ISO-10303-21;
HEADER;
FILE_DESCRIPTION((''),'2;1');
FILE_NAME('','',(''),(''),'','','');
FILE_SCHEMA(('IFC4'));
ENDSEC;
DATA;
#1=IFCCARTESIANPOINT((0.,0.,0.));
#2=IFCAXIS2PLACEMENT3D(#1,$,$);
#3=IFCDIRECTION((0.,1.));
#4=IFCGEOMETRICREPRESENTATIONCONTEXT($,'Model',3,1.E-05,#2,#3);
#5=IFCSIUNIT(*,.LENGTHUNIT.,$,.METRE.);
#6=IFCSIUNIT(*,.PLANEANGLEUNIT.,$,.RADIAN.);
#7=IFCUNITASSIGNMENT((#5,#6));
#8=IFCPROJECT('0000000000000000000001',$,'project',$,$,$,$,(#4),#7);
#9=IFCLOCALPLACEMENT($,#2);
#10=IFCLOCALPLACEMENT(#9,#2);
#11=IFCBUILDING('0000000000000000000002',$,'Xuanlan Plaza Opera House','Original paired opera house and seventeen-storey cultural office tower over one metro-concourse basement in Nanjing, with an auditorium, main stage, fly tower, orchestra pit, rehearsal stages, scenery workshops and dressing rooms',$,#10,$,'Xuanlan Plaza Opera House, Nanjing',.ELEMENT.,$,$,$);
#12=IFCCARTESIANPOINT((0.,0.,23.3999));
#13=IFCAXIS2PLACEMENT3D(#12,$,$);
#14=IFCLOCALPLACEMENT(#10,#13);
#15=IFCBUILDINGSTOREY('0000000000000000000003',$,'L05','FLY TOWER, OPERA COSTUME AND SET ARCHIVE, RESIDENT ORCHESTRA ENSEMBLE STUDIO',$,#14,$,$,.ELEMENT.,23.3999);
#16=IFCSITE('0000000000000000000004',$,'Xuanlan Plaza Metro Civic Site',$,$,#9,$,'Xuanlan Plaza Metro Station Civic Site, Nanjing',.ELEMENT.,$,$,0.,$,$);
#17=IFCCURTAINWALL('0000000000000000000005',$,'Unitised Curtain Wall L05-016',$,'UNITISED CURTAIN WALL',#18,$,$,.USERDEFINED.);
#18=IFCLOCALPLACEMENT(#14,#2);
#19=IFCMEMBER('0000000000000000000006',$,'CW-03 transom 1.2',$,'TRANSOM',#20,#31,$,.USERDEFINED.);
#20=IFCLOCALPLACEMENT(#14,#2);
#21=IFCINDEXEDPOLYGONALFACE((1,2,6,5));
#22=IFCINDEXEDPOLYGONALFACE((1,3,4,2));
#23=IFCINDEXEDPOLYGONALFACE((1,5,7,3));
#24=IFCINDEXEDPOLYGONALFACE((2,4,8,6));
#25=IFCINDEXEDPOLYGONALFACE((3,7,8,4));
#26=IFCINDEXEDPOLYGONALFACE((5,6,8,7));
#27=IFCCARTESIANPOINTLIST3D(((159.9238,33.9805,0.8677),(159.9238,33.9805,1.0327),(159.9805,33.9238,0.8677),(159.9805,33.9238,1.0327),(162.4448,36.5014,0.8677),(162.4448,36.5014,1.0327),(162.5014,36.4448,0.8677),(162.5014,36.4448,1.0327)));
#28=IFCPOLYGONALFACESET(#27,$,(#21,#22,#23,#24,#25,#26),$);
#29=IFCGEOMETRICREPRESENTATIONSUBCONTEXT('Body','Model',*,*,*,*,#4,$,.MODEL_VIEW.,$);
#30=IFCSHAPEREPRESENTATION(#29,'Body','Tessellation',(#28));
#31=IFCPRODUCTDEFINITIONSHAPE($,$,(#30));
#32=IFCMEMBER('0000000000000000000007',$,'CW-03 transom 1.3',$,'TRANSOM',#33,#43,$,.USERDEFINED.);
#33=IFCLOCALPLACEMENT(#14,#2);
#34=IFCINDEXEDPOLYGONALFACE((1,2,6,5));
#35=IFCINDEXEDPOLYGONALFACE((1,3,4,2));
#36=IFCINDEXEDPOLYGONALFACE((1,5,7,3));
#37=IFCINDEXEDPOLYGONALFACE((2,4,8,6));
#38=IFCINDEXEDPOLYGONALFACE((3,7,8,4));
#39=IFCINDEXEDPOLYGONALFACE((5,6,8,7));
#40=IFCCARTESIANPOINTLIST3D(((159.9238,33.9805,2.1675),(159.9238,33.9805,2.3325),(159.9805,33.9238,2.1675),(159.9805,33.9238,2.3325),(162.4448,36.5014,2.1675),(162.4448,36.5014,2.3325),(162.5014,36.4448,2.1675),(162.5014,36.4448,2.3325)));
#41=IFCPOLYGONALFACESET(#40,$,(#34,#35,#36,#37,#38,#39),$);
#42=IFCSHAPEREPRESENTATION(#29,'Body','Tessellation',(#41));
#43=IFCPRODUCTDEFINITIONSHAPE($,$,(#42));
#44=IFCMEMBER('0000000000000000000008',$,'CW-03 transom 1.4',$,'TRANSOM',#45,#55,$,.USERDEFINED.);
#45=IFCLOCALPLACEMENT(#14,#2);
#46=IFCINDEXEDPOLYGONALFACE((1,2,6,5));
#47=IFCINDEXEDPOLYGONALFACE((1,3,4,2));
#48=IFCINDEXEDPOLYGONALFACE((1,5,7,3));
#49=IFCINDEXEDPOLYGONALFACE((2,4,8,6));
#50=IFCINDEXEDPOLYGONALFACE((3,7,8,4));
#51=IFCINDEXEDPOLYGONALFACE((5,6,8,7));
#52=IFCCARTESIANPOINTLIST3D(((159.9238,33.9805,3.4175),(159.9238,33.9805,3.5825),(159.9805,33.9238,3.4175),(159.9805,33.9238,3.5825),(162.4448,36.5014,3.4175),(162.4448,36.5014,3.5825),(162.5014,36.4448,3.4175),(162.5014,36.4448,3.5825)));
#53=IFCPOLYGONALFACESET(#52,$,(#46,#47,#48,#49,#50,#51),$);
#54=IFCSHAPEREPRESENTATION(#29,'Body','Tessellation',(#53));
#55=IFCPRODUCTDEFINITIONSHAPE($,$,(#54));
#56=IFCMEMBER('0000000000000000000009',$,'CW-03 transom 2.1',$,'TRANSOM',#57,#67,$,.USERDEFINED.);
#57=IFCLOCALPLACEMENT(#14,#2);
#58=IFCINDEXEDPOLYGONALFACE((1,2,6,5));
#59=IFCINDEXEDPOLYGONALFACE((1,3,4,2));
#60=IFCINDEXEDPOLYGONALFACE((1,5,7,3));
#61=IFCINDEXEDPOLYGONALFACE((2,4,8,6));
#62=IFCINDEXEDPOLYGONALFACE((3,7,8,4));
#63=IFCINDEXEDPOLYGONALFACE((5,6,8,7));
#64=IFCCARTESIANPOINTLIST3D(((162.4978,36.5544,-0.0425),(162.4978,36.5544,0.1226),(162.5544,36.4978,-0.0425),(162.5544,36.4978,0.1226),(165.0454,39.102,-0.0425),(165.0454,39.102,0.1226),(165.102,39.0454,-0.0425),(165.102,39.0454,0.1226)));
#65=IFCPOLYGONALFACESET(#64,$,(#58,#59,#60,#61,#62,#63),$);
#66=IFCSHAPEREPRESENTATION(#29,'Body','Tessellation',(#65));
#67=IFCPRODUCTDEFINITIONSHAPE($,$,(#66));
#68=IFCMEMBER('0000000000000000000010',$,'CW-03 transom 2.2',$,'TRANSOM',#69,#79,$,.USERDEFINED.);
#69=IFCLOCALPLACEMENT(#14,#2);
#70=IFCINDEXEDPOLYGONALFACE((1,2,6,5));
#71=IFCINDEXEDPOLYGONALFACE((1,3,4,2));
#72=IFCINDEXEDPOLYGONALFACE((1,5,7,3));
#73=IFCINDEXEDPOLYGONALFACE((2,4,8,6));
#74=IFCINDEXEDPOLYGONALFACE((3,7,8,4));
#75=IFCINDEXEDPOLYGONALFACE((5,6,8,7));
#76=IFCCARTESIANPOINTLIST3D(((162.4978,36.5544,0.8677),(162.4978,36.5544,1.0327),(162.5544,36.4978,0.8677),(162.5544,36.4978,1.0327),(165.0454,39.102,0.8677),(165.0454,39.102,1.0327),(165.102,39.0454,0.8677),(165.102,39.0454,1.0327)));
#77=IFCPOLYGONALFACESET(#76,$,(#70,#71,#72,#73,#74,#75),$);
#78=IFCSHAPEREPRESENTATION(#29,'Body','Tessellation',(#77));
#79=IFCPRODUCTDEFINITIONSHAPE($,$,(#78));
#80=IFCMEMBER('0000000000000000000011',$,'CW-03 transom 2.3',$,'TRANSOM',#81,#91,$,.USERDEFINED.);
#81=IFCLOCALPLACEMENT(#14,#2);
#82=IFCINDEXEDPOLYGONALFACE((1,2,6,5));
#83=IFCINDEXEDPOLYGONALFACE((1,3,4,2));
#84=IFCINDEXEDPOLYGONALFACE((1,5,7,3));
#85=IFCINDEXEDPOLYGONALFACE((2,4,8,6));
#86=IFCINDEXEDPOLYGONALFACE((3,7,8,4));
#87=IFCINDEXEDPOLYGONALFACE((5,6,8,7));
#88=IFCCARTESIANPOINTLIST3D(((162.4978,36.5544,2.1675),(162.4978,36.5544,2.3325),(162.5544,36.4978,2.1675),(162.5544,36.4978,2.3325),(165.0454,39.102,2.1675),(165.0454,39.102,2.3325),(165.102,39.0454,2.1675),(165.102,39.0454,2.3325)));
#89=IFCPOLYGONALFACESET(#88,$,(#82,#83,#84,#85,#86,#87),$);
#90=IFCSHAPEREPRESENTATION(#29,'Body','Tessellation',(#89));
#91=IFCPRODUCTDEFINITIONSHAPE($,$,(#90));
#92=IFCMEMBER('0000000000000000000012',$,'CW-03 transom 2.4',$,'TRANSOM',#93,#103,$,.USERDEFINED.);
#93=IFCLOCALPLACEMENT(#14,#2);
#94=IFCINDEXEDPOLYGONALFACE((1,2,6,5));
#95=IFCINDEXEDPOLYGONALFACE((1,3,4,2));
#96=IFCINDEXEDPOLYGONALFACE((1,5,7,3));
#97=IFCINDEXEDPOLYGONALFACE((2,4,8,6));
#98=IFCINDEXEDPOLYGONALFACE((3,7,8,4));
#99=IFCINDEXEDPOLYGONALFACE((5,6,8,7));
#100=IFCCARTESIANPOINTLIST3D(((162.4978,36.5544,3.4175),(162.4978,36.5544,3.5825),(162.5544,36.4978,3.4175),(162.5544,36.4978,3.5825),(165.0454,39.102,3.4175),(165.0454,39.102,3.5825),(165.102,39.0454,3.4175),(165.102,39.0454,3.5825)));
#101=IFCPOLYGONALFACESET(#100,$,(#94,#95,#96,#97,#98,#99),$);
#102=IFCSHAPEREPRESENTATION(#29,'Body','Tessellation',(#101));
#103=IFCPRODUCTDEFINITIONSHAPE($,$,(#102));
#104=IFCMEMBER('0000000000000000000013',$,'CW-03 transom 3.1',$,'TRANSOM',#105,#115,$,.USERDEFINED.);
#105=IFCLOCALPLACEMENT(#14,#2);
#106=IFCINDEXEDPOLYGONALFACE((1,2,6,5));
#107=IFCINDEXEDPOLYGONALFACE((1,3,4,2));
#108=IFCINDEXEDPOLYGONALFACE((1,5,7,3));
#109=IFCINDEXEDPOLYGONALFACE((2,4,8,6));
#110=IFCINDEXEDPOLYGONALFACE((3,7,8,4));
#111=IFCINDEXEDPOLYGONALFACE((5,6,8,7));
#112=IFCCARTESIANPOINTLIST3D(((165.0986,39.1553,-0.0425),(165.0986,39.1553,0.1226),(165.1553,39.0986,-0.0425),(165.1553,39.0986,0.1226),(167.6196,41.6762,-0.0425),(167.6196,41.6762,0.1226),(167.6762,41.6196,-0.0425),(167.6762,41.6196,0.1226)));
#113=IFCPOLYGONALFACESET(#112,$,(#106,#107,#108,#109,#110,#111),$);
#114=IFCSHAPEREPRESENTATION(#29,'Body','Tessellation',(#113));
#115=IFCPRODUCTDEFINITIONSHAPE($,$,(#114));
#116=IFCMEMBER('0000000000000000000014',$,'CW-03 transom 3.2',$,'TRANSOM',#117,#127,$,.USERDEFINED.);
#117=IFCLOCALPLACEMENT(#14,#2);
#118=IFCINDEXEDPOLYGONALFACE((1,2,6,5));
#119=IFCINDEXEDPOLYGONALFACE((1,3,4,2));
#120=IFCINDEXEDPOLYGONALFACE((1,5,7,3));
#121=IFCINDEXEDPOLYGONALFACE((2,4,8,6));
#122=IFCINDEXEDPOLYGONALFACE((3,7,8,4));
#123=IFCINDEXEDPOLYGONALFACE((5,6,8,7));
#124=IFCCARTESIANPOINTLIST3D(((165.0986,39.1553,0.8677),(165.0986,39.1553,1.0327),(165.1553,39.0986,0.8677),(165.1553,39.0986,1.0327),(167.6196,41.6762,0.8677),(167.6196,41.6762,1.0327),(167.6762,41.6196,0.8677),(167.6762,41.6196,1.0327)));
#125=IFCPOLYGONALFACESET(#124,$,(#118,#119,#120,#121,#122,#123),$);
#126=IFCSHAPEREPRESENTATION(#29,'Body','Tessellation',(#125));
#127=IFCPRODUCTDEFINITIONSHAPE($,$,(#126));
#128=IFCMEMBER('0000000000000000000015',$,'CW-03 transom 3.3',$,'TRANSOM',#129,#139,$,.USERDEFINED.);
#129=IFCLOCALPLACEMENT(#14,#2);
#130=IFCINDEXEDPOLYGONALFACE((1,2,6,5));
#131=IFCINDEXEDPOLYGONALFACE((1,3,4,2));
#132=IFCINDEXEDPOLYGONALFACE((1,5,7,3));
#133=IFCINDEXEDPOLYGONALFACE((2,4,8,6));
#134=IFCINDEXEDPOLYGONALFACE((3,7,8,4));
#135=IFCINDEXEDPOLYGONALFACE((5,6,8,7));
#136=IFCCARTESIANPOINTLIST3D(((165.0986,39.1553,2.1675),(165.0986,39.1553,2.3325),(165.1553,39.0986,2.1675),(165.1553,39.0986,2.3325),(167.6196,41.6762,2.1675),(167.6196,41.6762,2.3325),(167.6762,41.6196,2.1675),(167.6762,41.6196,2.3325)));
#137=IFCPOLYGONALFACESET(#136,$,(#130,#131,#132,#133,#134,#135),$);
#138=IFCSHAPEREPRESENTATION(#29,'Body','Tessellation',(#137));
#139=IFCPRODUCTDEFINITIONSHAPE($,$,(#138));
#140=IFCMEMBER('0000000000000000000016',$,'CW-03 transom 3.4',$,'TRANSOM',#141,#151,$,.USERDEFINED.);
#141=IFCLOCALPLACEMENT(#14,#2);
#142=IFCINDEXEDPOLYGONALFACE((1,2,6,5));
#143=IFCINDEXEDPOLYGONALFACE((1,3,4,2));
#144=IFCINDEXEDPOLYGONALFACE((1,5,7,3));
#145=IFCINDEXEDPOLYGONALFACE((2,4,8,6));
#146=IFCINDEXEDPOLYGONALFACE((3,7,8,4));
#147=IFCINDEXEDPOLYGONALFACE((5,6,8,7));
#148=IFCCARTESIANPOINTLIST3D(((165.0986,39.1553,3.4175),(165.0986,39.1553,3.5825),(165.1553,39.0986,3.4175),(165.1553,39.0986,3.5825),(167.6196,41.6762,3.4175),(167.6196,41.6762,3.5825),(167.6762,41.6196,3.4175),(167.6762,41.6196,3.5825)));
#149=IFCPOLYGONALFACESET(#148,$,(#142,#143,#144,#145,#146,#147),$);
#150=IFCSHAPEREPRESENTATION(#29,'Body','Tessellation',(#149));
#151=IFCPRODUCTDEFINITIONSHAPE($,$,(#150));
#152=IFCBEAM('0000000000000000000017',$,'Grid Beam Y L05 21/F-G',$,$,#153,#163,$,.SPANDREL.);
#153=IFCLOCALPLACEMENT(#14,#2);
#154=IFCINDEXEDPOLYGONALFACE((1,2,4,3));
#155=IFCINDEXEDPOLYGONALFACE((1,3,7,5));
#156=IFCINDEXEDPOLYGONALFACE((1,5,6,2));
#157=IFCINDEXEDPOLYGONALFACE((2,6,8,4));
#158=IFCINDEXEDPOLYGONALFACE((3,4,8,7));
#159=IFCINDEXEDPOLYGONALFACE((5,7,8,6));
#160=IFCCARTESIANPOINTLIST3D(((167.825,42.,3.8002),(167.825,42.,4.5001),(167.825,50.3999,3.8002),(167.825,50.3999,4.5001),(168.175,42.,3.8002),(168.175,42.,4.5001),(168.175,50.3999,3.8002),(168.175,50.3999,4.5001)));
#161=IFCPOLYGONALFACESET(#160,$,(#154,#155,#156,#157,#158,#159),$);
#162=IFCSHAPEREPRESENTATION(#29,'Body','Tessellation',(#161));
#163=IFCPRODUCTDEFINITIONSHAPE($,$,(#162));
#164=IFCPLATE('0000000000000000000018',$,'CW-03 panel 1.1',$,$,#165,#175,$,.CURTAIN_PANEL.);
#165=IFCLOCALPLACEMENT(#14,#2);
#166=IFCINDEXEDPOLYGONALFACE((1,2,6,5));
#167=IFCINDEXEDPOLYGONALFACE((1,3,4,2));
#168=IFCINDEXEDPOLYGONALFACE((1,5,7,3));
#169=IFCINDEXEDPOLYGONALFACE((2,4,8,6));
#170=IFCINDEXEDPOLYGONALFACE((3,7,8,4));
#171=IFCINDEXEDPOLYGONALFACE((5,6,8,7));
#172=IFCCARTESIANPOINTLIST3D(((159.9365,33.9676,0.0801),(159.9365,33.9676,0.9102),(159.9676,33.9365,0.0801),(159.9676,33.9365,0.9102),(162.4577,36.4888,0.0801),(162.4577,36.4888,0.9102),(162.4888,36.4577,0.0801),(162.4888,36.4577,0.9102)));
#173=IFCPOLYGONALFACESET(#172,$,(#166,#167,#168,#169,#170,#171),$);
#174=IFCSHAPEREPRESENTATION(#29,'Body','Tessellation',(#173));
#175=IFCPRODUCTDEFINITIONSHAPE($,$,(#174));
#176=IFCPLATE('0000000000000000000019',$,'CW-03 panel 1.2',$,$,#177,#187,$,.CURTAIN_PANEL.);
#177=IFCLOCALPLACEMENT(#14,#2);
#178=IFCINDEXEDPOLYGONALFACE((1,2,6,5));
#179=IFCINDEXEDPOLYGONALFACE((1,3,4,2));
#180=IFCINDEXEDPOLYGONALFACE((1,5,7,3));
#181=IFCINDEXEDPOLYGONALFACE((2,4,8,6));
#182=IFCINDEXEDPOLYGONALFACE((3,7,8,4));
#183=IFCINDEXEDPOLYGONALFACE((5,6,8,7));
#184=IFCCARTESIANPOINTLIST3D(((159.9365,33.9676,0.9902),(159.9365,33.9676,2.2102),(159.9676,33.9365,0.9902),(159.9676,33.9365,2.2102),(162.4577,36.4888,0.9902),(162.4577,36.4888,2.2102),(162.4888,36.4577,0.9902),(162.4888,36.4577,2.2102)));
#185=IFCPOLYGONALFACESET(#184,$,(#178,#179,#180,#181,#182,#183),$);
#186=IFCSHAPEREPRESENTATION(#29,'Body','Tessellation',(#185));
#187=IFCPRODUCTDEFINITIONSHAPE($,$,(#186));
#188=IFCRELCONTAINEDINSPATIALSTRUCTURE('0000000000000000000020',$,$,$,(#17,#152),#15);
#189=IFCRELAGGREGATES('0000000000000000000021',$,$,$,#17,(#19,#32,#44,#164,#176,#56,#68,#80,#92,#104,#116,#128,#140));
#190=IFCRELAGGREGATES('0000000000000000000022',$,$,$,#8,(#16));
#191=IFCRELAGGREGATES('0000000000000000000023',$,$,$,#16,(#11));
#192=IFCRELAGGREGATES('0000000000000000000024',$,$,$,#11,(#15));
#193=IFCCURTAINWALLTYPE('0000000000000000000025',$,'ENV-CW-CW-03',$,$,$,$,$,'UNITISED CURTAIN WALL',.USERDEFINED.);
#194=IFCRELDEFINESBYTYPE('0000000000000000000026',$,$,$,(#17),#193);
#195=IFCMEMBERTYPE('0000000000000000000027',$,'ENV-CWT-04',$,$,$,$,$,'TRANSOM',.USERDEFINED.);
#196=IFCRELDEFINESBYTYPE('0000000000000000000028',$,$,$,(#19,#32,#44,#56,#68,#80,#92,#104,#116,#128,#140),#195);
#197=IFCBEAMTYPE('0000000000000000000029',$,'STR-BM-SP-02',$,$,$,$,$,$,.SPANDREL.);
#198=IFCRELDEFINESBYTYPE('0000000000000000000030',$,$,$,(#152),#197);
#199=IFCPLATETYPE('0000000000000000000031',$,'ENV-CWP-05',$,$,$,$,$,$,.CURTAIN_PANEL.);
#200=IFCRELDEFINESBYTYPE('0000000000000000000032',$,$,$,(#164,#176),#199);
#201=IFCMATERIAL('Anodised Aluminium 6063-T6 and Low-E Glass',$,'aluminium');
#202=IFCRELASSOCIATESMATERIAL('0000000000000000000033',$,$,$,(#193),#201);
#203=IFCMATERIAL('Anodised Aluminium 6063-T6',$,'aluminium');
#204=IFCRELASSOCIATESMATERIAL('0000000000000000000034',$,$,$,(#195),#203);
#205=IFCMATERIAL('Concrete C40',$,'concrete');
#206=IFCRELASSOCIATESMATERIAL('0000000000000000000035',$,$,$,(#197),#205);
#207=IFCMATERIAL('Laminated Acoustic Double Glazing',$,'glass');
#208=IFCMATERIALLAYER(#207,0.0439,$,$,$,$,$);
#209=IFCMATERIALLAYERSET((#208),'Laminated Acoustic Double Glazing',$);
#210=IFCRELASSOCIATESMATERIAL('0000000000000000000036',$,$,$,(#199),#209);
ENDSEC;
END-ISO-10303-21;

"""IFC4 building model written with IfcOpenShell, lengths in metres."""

from ifc_helpers import new_model, si_unit, direction, frame, origin, origin_2d, place, context, subcontext, project, spatial, rectangle, extrude, material, layer, layer_set, material_profile, profile_set, type_object, element, aggregate, save


model = new_model("IFC4")

# Units and contexts
model_context = context("Model", 3, precision=1e-05, world=origin(), true_north=direction((0.0, 1.0)))
body_context = subcontext(model_context, "Body", "Model", "MODEL_VIEW")
ifc_project = project(units=[si_unit("LENGTHUNIT", "METRE"), si_unit("PLANEANGLEUNIT", "RADIAN")], contexts=[model_context])

# Site, building, storey
site_placement = place(None, origin())
site = spatial("IfcSite", under=ifc_project, at=site_placement, Name="Xuanlan Plaza Metro Civic Site", LongName="Xuanlan Plaza Metro Station Civic Site, Nanjing", CompositionType="ELEMENT", RefElevation=0.0)
building_placement = place(site_placement, origin())
building = spatial("IfcBuilding", under=site, at=building_placement, Name="Xuanlan Plaza Opera House", Description="Original paired opera house and seventeen-storey cultural office tower over one metro-concourse basement in Nanjing, with an auditorium, main stage, fly tower, orchestra pit, rehearsal stages, scenery workshops and dressing rooms", LongName="Xuanlan Plaza Opera House, Nanjing", CompositionType="ELEMENT")
storey_placement = place(building_placement, frame((0.0, 0.0, 23.3999)))
storey = spatial("IfcBuildingStorey", under=building, at=storey_placement, Name="L05", Description="FLY TOWER, OPERA COSTUME AND SET ARCHIVE, RESIDENT ORCHESTRA ENSEMBLE STUDIO", CompositionType="ELEMENT", Elevation=23.3999)

# Curtain wall
ifc_material_1 = material(Name="Anodised Aluminium 6063-T6 and Low-E Glass", Category="aluminium")
curtain_wall_type_1 = type_object("IfcCurtainWallType", Name="ENV-CW-CW-03", ElementType="UNITISED CURTAIN WALL", PredefinedType="USERDEFINED", material=ifc_material_1)
curtain_wall_1_placement = place(storey_placement, origin())
curtain_wall_1 = element("IfcCurtainWall", 1, at=curtain_wall_1_placement, inside=storey, type_object=curtain_wall_type_1, Name="Unitised Curtain Wall L05-016", ObjectType="UNITISED CURTAIN WALL", PredefinedType="USERDEFINED")
ifc_material_2 = material(Name="Anodised Aluminium 6063-T6", Category="aluminium")

# Members
ifc_material_profile_1 = material_profile(ifc_material_2, rectangle(XDim=0.0801, YDim=0.165, at=origin_2d()), Name="ALU-T 80x165")
ifc_profile_set_1 = profile_set([ifc_material_profile_1], Name="Anodised Aluminium 6063-T6")
member_type_1 = type_object("IfcMemberType", Name="ENV-CWT-04", ElementType="TRANSOM", PredefinedType="USERDEFINED", material=ifc_profile_set_1)
member_1_placement = place(storey_placement, frame((159.9521, 33.9521, 0.9502), z_axis=(0.707107, 0.707107, 0.0), x_axis=(-0.707107, 0.707107, 0.0)))
member_1 = element("IfcMember", 2, at=member_1_placement, type_object=member_type_1, Name="CW-03 transom 1.2", ObjectType="TRANSOM", PredefinedType="USERDEFINED", context=body_context, shape_type="SweptSolid", body=[
    extrude(rectangle(XDim=0.0801, YDim=0.165, at=origin_2d()), origin(), (0.0, 0.0, 1.0), 3.5652),
])
member_2_placement = place(storey_placement, frame((159.9521, 33.9521, 2.25), z_axis=(0.707107, 0.707107, 0.0), x_axis=(-0.707107, 0.707107, 0.0)))
member_2 = element("IfcMember", 3, at=member_2_placement, type_object=member_type_1, Name="CW-03 transom 1.3", ObjectType="TRANSOM", PredefinedType="USERDEFINED", context=body_context, shape_type="SweptSolid", body=[
    extrude(rectangle(XDim=0.0801, YDim=0.165, at=origin_2d()), origin(), (0.0, 0.0, 1.0), 3.5652),
])
member_3_placement = place(storey_placement, frame((159.9521, 33.9521, 3.5), z_axis=(0.707107, 0.707107, 0.0), x_axis=(-0.707107, 0.707107, 0.0)))
member_3 = element("IfcMember", 4, at=member_3_placement, type_object=member_type_1, Name="CW-03 transom 1.4", ObjectType="TRANSOM", PredefinedType="USERDEFINED", context=body_context, shape_type="SweptSolid", body=[
    extrude(rectangle(XDim=0.0801, YDim=0.165, at=origin_2d()), origin(), (0.0, 0.0, 1.0), 3.5652),
])
member_4_placement = place(storey_placement, frame((162.5261, 36.5261, 0.04), z_axis=(0.707107, 0.707107, 0.0), x_axis=(-0.707107, 0.707107, 0.0)))
member_4 = element("IfcMember", 5, at=member_4_placement, type_object=member_type_1, Name="CW-03 transom 2.1", ObjectType="TRANSOM", PredefinedType="USERDEFINED", context=body_context, shape_type="SweptSolid", body=[
    extrude(rectangle(XDim=0.0801, YDim=0.165, at=origin_2d()), origin(), (0.0, 0.0, 1.0), 3.6028),
])
member_5_placement = place(storey_placement, frame((162.5261, 36.5261, 0.9502), z_axis=(0.707107, 0.707107, 0.0), x_axis=(-0.707107, 0.707107, 0.0)))
member_5 = element("IfcMember", 6, at=member_5_placement, type_object=member_type_1, Name="CW-03 transom 2.2", ObjectType="TRANSOM", PredefinedType="USERDEFINED", context=body_context, shape_type="SweptSolid", body=[
    extrude(rectangle(XDim=0.0801, YDim=0.165, at=origin_2d()), origin(), (0.0, 0.0, 1.0), 3.6028),
])
member_6_placement = place(storey_placement, frame((162.5261, 36.5261, 2.25), z_axis=(0.707107, 0.707107, 0.0), x_axis=(-0.707107, 0.707107, 0.0)))
member_6 = element("IfcMember", 7, at=member_6_placement, type_object=member_type_1, Name="CW-03 transom 2.3", ObjectType="TRANSOM", PredefinedType="USERDEFINED", context=body_context, shape_type="SweptSolid", body=[
    extrude(rectangle(XDim=0.0801, YDim=0.165, at=origin_2d()), origin(), (0.0, 0.0, 1.0), 3.6028),
])
member_7_placement = place(storey_placement, frame((162.5261, 36.5261, 3.5), z_axis=(0.707107, 0.707107, 0.0), x_axis=(-0.707107, 0.707107, 0.0)))
member_7 = element("IfcMember", 8, at=member_7_placement, type_object=member_type_1, Name="CW-03 transom 2.4", ObjectType="TRANSOM", PredefinedType="USERDEFINED", context=body_context, shape_type="SweptSolid", body=[
    extrude(rectangle(XDim=0.0801, YDim=0.165, at=origin_2d()), origin(), (0.0, 0.0, 1.0), 3.6028),
])
member_8_placement = place(storey_placement, frame((165.127, 39.127, 0.04), z_axis=(0.707107, 0.707107, 0.0), x_axis=(-0.707107, 0.707107, 0.0)))
member_8 = element("IfcMember", 9, at=member_8_placement, type_object=member_type_1, Name="CW-03 transom 3.1", ObjectType="TRANSOM", PredefinedType="USERDEFINED", context=body_context, shape_type="SweptSolid", body=[
    extrude(rectangle(XDim=0.0801, YDim=0.165, at=origin_2d()), origin(), (0.0, 0.0, 1.0), 3.5652),
])
member_9_placement = place(storey_placement, frame((165.127, 39.127, 0.9502), z_axis=(0.707107, 0.707107, 0.0), x_axis=(-0.707107, 0.707107, 0.0)))
member_9 = element("IfcMember", 10, at=member_9_placement, type_object=member_type_1, Name="CW-03 transom 3.2", ObjectType="TRANSOM", PredefinedType="USERDEFINED", context=body_context, shape_type="SweptSolid", body=[
    extrude(rectangle(XDim=0.0801, YDim=0.165, at=origin_2d()), origin(), (0.0, 0.0, 1.0), 3.5652),
])
member_10_placement = place(storey_placement, frame((165.127, 39.127, 2.25), z_axis=(0.707107, 0.707107, 0.0), x_axis=(-0.707107, 0.707107, 0.0)))
member_10 = element("IfcMember", 11, at=member_10_placement, type_object=member_type_1, Name="CW-03 transom 3.3", ObjectType="TRANSOM", PredefinedType="USERDEFINED", context=body_context, shape_type="SweptSolid", body=[
    extrude(rectangle(XDim=0.0801, YDim=0.165, at=origin_2d()), origin(), (0.0, 0.0, 1.0), 3.5652),
])
member_11_placement = place(storey_placement, frame((165.127, 39.127, 3.5), z_axis=(0.707107, 0.707107, 0.0), x_axis=(-0.707107, 0.707107, 0.0)))
member_11 = element("IfcMember", 12, at=member_11_placement, type_object=member_type_1, Name="CW-03 transom 3.4", ObjectType="TRANSOM", PredefinedType="USERDEFINED", context=body_context, shape_type="SweptSolid", body=[
    extrude(rectangle(XDim=0.0801, YDim=0.165, at=origin_2d()), origin(), (0.0, 0.0, 1.0), 3.5652),
])

# Beam
ifc_material_3 = material(Name="Concrete C40", Category="concrete")
ifc_material_profile_2 = material_profile(ifc_material_3, rectangle(XDim=0.3501, YDim=0.7, at=origin_2d()), Name="RC-SPD 350x700")
ifc_profile_set_2 = profile_set([ifc_material_profile_2], Name="Concrete C40")
beam_type = type_object("IfcBeamType", Name="STR-BM-SP-02", PredefinedType="SPANDREL", material=ifc_profile_set_2)
beam_placement = place(storey_placement, frame((168.0, 42.0, 4.1501), z_axis=(0.0, 1.0, 0.0), x_axis=(-1.0, 0.0, 0.0)))
element("IfcBeam", 13, at=beam_placement, inside=storey, type_object=beam_type, Name="Grid Beam Y L05 21/F-G", PredefinedType="SPANDREL", context=body_context, shape_type="SweptSolid", body=[
    extrude(rectangle(XDim=0.3501, YDim=0.7, at=origin_2d()), origin(), (0.0, 0.0, 1.0), 8.3999),
])

# Plates
ifc_material_4 = material(Name="Laminated Acoustic Double Glazing", Category="glass")
ifc_layer_1 = layer(ifc_material_4, 0.0439)
ifc_layer_set_1 = layer_set([ifc_layer_1], Name="Laminated Acoustic Double Glazing")
plate_type = type_object("IfcPlateType", Name="ENV-CWP-05", PredefinedType="CURTAIN_PANEL", material=ifc_layer_set_1)
plate_1_placement = place(storey_placement, frame((161.2126, 35.2126, 0.0801), z_axis=(0.0, 0.0, 1.0), x_axis=(0.707107, 0.707107, 0.0)))
plate_1 = element("IfcPlate", 14, at=plate_1_placement, type_object=plate_type, Name="CW-03 panel 1.1", PredefinedType="CURTAIN_PANEL", context=body_context, shape_type="SweptSolid", body=[
    extrude(rectangle(XDim=3.5654, YDim=0.0439, at=origin_2d()), origin(), (0.0, 0.0, 1.0), 0.8301),
])
plate_2_placement = place(storey_placement, frame((161.2126, 35.2126, 0.9902), z_axis=(0.0, 0.0, 1.0), x_axis=(0.707107, 0.707107, 0.0)))
plate_2 = element("IfcPlate", 15, at=plate_2_placement, type_object=plate_type, Name="CW-03 panel 1.2", PredefinedType="CURTAIN_PANEL", context=body_context, shape_type="SweptSolid", body=[
    extrude(rectangle(XDim=3.5654, YDim=0.0439, at=origin_2d()), origin(), (0.0, 0.0, 1.0), 1.22),
])
aggregate(curtain_wall_1, [member_1, member_2, member_3, plate_1, plate_2, member_4, member_5, member_6, member_7, member_8, member_9, member_10, member_11])

save(model, "model.ifc")
